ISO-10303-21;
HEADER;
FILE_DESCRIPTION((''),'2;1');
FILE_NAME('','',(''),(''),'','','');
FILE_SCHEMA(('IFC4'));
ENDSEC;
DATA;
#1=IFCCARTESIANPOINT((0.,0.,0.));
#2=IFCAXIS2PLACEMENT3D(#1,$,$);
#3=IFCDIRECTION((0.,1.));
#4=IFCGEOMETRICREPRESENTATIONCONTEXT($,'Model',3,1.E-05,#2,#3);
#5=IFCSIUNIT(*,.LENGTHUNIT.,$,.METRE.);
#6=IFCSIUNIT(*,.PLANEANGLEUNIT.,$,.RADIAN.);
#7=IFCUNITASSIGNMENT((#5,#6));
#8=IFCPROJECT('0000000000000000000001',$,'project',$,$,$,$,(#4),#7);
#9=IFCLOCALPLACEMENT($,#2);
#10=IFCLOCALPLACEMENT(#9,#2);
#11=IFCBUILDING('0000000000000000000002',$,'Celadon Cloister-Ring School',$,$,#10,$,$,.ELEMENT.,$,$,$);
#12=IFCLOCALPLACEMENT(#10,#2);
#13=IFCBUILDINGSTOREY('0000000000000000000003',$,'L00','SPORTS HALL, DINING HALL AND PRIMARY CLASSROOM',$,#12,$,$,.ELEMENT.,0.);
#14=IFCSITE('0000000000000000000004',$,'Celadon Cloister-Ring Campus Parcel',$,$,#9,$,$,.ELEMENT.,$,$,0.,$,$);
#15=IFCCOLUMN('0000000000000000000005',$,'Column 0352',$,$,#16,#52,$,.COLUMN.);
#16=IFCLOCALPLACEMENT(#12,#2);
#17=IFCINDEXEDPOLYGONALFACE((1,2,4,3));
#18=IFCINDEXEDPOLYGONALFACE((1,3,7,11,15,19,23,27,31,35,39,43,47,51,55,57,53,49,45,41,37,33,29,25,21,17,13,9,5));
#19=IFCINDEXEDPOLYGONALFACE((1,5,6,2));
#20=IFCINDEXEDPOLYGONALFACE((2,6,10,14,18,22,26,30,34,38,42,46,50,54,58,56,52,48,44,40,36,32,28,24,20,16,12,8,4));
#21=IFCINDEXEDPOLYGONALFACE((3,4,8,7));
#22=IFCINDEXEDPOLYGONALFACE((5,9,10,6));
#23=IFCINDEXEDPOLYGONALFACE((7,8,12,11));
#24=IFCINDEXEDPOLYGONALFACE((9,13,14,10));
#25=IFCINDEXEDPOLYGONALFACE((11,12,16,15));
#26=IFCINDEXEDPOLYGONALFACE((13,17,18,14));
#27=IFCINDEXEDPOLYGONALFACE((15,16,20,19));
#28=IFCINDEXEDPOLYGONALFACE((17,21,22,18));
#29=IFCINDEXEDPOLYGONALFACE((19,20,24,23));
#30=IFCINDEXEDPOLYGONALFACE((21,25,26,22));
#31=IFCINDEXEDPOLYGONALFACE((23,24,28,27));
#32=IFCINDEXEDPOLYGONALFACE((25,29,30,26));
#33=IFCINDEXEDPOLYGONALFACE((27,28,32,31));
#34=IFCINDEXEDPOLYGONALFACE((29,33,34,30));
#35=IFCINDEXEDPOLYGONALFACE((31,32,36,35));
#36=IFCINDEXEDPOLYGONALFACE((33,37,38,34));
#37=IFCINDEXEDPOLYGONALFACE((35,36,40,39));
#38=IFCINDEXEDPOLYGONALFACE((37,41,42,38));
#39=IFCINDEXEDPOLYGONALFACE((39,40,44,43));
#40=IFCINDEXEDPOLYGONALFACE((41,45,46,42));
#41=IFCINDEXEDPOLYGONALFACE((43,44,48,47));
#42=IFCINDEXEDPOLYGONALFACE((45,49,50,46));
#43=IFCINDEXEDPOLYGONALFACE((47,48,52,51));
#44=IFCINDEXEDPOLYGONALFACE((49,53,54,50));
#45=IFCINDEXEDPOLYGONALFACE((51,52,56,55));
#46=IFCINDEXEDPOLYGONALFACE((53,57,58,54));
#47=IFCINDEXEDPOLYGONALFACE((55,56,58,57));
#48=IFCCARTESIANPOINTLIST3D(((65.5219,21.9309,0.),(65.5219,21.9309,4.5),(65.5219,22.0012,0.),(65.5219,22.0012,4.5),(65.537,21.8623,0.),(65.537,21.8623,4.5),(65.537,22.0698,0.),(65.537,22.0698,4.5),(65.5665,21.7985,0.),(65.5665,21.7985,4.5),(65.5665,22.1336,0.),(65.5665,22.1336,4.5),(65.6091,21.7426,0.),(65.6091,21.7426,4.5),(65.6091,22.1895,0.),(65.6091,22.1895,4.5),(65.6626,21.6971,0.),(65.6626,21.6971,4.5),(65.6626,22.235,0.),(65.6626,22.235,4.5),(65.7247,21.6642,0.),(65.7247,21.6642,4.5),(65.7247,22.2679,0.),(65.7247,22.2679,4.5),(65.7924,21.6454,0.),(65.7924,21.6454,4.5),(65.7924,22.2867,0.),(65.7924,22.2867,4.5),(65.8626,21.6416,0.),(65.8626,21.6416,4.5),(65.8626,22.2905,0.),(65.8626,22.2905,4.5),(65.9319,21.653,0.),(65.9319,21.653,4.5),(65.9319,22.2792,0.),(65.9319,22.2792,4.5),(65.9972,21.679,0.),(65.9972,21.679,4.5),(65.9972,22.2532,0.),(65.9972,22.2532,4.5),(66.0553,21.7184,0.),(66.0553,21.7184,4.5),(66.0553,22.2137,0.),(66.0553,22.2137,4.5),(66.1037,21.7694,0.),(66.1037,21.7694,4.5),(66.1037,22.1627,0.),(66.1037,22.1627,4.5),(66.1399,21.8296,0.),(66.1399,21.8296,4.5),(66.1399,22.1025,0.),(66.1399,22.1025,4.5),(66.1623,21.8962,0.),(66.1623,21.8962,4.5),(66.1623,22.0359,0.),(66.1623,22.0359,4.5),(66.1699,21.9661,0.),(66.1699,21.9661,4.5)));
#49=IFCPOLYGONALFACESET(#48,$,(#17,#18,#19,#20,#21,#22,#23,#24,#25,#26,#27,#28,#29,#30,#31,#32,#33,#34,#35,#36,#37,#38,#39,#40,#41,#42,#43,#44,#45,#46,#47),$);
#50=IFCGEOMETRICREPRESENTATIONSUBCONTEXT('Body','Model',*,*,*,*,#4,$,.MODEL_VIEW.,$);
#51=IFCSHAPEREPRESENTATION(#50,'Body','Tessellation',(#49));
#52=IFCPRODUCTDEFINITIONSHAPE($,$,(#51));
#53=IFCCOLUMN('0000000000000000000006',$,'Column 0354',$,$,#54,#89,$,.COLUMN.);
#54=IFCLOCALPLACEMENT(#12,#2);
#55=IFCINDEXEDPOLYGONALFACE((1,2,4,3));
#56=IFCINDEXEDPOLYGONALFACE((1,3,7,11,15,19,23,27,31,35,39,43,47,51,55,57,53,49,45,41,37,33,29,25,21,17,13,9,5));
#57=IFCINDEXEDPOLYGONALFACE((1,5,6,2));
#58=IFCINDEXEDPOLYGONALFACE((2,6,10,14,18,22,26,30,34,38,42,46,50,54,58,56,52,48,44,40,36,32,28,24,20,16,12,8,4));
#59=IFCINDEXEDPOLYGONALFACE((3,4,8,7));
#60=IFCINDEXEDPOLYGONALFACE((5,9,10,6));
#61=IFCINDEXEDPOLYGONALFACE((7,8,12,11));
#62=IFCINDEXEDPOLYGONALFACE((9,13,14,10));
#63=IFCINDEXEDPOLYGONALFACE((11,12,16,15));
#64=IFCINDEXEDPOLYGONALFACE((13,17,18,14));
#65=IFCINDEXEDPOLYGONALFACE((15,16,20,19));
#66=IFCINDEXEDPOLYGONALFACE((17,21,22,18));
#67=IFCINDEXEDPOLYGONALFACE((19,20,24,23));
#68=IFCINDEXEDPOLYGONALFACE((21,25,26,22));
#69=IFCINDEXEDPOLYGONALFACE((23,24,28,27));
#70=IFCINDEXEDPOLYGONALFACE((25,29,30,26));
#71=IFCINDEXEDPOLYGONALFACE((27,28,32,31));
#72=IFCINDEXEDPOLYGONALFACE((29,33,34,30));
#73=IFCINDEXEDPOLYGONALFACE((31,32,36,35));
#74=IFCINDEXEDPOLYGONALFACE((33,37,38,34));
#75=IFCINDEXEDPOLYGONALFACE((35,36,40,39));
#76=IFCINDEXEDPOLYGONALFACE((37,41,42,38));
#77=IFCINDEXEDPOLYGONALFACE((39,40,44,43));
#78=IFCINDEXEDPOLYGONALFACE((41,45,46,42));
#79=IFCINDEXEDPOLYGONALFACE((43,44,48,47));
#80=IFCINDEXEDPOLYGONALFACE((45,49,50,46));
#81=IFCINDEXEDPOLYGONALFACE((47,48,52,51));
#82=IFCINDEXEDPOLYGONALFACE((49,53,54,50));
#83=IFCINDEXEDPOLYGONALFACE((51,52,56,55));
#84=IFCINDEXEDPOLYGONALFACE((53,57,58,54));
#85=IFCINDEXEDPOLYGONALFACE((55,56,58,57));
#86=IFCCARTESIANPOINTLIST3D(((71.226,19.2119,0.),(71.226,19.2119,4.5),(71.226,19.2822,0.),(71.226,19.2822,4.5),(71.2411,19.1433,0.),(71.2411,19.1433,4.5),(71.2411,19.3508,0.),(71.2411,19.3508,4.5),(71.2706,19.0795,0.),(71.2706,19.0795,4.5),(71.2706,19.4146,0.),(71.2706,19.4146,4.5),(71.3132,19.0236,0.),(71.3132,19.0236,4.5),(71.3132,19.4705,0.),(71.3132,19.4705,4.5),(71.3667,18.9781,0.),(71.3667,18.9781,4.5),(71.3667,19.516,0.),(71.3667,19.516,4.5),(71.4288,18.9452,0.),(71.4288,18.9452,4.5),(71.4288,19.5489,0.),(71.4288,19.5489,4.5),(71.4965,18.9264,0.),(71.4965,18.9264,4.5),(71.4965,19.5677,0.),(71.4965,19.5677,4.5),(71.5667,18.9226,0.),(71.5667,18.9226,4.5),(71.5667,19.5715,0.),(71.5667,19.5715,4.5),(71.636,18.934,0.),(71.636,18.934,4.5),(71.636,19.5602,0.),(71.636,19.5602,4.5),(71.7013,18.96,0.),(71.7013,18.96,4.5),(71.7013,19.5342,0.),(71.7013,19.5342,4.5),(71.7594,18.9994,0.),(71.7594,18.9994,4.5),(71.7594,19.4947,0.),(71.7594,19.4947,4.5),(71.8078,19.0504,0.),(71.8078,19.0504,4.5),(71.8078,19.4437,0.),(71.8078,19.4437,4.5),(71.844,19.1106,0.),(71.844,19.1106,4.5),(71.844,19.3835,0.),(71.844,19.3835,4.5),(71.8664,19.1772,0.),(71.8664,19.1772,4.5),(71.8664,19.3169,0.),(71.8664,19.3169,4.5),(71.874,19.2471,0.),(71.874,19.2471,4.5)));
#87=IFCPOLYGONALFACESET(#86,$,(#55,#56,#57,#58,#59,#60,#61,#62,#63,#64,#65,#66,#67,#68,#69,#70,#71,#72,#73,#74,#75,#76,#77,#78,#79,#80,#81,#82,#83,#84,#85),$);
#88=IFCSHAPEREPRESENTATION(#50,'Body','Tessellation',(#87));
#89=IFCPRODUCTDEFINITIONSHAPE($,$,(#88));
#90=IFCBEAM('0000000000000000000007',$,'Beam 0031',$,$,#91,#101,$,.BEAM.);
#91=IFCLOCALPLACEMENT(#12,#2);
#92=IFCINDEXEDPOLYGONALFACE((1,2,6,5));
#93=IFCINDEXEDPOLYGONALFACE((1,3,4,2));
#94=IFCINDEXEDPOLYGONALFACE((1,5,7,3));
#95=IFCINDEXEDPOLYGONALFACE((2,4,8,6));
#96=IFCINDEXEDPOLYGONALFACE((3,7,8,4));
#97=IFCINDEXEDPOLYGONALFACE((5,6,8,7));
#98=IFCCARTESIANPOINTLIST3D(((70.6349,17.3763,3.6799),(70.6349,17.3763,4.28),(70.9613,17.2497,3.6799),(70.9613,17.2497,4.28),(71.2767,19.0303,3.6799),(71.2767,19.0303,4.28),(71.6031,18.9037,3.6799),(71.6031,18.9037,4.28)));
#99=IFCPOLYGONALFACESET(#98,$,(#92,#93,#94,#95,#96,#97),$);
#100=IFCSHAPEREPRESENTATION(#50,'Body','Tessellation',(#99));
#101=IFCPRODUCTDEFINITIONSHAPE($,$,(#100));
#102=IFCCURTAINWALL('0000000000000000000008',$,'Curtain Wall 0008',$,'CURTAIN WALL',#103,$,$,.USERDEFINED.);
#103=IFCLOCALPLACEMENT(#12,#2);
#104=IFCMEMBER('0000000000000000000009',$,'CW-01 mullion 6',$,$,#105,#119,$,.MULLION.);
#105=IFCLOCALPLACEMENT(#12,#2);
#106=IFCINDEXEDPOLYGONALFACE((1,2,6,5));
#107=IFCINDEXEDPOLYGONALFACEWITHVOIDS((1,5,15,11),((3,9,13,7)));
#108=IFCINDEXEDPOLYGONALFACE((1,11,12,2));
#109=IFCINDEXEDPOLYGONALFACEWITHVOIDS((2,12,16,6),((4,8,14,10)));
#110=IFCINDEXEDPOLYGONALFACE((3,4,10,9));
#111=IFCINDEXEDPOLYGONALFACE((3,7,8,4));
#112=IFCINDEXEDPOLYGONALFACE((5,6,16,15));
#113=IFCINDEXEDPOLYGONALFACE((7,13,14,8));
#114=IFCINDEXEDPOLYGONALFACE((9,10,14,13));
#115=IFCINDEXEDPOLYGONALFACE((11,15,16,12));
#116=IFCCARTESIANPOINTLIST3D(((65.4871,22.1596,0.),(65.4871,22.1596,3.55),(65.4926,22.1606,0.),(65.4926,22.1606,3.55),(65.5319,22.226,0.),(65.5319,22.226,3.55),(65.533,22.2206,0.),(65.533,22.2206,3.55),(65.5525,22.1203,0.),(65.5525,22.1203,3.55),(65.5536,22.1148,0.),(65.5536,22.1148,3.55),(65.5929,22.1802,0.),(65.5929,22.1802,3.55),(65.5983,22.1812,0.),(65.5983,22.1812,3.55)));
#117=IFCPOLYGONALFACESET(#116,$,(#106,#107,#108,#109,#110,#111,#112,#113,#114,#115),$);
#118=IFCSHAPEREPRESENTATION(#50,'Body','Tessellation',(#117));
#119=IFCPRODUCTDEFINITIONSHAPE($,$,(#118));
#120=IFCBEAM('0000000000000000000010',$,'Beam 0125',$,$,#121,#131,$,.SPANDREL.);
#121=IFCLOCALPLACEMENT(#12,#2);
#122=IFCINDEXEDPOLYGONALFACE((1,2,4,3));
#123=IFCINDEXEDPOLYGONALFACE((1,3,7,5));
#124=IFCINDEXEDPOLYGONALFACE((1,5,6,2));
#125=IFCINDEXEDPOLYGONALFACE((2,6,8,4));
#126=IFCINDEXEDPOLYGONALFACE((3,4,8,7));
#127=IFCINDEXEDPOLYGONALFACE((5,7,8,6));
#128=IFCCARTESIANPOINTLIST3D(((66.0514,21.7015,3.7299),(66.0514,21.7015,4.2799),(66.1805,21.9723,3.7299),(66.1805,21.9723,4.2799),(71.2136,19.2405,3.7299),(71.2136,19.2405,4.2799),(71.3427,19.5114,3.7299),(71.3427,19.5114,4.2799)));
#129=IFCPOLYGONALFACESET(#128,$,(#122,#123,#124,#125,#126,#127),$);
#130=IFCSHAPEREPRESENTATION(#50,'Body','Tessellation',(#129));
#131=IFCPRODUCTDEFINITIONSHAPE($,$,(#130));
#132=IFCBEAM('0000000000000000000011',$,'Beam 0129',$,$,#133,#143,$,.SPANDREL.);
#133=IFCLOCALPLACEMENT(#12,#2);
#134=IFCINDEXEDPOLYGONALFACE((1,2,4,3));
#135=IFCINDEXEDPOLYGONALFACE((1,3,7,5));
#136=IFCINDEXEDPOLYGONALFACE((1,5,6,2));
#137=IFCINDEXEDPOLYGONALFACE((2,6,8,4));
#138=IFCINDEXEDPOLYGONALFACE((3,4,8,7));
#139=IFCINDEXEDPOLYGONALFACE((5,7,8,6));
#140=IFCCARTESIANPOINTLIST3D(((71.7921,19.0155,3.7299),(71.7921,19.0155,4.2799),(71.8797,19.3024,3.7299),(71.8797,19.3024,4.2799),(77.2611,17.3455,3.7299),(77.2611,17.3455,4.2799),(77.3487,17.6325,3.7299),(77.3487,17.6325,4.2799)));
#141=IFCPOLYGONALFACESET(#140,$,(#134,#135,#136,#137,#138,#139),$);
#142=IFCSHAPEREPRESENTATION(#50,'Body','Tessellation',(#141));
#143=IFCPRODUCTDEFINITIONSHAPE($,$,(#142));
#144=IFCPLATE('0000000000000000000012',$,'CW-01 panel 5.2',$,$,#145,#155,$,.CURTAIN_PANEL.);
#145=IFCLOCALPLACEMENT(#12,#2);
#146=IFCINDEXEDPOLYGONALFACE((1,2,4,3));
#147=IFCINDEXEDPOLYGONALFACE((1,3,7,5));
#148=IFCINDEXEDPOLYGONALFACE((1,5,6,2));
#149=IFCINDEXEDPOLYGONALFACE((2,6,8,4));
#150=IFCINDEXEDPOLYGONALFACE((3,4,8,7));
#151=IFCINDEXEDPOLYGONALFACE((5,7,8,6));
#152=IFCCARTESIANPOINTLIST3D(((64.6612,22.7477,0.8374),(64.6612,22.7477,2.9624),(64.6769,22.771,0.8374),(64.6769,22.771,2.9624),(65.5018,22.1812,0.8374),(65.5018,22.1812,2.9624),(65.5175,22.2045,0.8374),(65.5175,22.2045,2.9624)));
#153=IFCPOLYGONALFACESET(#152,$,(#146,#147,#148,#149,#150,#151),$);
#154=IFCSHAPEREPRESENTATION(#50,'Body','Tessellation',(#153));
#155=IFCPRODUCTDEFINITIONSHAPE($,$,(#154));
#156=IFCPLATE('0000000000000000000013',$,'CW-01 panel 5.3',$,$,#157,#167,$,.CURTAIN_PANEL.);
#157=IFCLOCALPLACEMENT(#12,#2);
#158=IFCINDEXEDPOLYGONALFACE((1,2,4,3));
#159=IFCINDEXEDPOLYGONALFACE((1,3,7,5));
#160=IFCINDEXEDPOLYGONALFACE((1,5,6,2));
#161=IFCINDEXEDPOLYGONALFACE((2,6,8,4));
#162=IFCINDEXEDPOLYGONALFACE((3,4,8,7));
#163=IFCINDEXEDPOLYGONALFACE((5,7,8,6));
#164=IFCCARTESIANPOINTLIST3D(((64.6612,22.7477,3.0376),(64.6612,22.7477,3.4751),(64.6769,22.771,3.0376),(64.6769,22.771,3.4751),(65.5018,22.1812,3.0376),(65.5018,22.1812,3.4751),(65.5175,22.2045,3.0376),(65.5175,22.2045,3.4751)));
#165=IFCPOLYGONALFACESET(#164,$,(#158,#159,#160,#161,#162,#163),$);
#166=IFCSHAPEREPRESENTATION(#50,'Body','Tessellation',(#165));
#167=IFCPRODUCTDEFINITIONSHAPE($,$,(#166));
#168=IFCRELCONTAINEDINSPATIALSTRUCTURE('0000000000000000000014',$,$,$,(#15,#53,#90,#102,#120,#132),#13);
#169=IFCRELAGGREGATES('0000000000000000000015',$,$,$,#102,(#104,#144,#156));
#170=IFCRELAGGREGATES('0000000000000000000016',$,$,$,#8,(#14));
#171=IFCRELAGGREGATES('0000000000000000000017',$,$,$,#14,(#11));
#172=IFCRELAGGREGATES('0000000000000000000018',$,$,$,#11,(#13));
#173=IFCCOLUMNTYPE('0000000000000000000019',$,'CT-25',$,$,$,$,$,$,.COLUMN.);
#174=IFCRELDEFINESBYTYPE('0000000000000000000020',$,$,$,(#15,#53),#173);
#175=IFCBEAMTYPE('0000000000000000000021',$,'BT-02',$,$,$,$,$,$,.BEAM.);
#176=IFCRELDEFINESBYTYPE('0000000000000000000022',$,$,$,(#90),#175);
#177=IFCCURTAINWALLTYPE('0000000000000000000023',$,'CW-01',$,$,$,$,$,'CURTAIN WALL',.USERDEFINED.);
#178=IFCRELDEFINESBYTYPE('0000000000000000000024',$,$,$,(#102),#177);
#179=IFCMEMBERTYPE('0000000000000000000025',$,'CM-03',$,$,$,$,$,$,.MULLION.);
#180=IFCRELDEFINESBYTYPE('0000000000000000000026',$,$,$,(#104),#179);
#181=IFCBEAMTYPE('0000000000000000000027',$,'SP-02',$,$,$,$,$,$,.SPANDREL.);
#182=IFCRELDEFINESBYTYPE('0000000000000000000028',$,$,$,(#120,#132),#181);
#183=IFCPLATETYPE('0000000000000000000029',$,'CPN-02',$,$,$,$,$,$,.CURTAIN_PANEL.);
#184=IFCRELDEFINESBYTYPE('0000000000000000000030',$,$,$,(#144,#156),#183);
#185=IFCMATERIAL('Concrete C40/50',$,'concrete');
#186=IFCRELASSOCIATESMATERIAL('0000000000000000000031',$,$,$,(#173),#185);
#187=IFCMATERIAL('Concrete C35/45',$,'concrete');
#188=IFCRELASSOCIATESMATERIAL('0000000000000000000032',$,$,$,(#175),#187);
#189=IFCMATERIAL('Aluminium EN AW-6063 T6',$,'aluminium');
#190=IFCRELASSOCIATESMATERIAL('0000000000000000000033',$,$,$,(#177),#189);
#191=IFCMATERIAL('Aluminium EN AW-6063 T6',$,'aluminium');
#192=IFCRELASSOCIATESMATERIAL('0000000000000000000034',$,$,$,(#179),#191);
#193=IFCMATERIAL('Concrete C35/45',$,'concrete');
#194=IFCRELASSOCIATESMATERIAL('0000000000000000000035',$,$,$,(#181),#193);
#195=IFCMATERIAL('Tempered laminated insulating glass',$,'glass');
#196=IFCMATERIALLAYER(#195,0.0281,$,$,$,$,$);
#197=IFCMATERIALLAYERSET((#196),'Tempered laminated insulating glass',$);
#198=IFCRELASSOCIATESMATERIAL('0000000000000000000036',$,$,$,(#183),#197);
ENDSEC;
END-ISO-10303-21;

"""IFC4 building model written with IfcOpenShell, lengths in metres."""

from ifc_helpers import new_model, si_unit, direction, frame, origin, origin_2d, place, context, subcontext, project, spatial, rectangle, hollow_rectangle, circle, extrude, material, layer, layer_set, material_profile, profile_set, type_object, element, aggregate, save


model = new_model("IFC4")

# Units and contexts
model_context = context("Model", 3, precision=1e-05, world=origin(), true_north=direction((0.0, 1.0)))
body_context = subcontext(model_context, "Body", "Model", "MODEL_VIEW")
ifc_project = project(units=[si_unit("LENGTHUNIT", "METRE"), si_unit("PLANEANGLEUNIT", "RADIAN")], contexts=[model_context])

# Site, building, storey
site_placement = place(None, origin())
site = spatial("IfcSite", under=ifc_project, at=site_placement, Name="Celadon Cloister-Ring Campus Parcel", CompositionType="ELEMENT", RefElevation=0.0)
building_placement = place(site_placement, origin())
building = spatial("IfcBuilding", under=site, at=building_placement, Name="Celadon Cloister-Ring School", CompositionType="ELEMENT")
storey_placement = place(building_placement, origin())
storey = spatial("IfcBuildingStorey", under=building, at=storey_placement, Name="L00", Description="SPORTS HALL, DINING HALL AND PRIMARY CLASSROOM", CompositionType="ELEMENT", Elevation=0.0)

# Columns
ifc_material_1 = material(Name="Concrete C40/50", Category="concrete")
ifc_material_profile_1 = material_profile(ifc_material_1, circle(Radius=0.325, at=origin_2d()), Name="CIRC650")
ifc_profile_set_1 = profile_set([ifc_material_profile_1], Name="Concrete C40/50")
column_type_1 = type_object("IfcColumnType", Name="CT-25", PredefinedType="COLUMN", material=ifc_profile_set_1)
for number, where, z_axis, x_axis, name in (
    (1, (65.845, 21.9661, 0.0), (0.0, 0.0, 1.0), (1.0, 0.0, 0.0), "Column 0352"),
    (2, (71.5491, 19.2471, 0.0), (0.0, 0.0, 1.0), (1.0, 0.0, 0.0), "Column 0354"),
):
    element("IfcColumn", number, at=place(storey_placement, frame(where, z_axis=z_axis, x_axis=x_axis)), inside=storey, type_object=column_type_1, Name=name, PredefinedType="COLUMN", context=body_context, shape_type="SweptSolid", body=[
        extrude(circle(Radius=0.325, at=origin_2d()), origin(), (0.0, 0.0, 1.0), 4.5),
    ])

# Beam
ifc_material_2 = material(Name="Concrete C35/45", Category="concrete")
ifc_material_profile_2 = material_profile(ifc_material_2, rectangle(XDim=0.3501, YDim=0.6001, at=origin_2d()), Name="RC350X600")
ifc_profile_set_2 = profile_set([ifc_material_profile_2], Name="Concrete C35/45")
beam_type_1 = type_object("IfcBeamType", Name="BT-02", PredefinedType="BEAM", material=ifc_profile_set_2)
beam_1_placement = place(storey_placement, frame((70.7981, 17.313, 3.98), z_axis=(0.361762, 0.93227, 0.0), x_axis=(-0.93227, 0.361762, 0.0)))
element("IfcBeam", 3, at=beam_1_placement, inside=storey, type_object=beam_type_1, Name="Beam 0031", PredefinedType="BEAM", context=body_context, shape_type="SweptSolid", body=[
    extrude(rectangle(XDim=0.3501, YDim=0.6001, at=origin_2d()), origin(), (0.0, 0.0, 1.0), 1.7742),
])

# Curtain wall, member
ifc_material_3 = material(Name="Aluminium EN AW-6063 T6", Category="aluminium")
curtain_wall_type = type_object("IfcCurtainWallType", Name="CW-01", ElementType="CURTAIN WALL", PredefinedType="USERDEFINED", material=ifc_material_3)
curtain_wall_placement = place(storey_placement, origin())
curtain_wall = element("IfcCurtainWall", 4, at=curtain_wall_placement, inside=storey, type_object=curtain_wall_type, Name="Curtain Wall 0008", ObjectType="CURTAIN WALL", PredefinedType="USERDEFINED")
ifc_material_4 = material(Name="Aluminium EN AW-6063 T6", Category="aluminium")
ifc_material_profile_3 = material_profile(ifc_material_4, hollow_rectangle(XDim=0.0801, YDim=0.0801, WallThickness=0.0039, at=origin_2d()), Name="RHS80X80X4")
ifc_profile_set_3 = profile_set([ifc_material_profile_3], Name="Aluminium EN AW-6063 T6")
member_type = type_object("IfcMemberType", Name="CM-03", PredefinedType="MULLION", material=ifc_profile_set_3)
member_placement = place(storey_placement, frame((65.5427, 22.1704, 0.0), z_axis=(0.0, 0.0, 1.0), x_axis=(0.558846, 0.829272, 0.0)))
member = element("IfcMember", 5, at=member_placement, type_object=member_type, Name="CW-01 mullion 6", PredefinedType="MULLION", context=body_context, shape_type="SweptSolid", body=[
    extrude(hollow_rectangle(XDim=0.0801, YDim=0.0801, WallThickness=0.0039, at=origin_2d()), origin(), (0.0, 0.0, 1.0), 3.55),
])

# Beams
ifc_material_5 = material(Name="Concrete C35/45", Category="concrete")
ifc_material_profile_4 = material_profile(ifc_material_5, rectangle(XDim=0.3, YDim=0.55, at=origin_2d()), Name="RC300X550")
ifc_profile_set_4 = profile_set([ifc_material_profile_4], Name="Concrete C35/45")
beam_type_2 = type_object("IfcBeamType", Name="SP-02", PredefinedType="SPANDREL", material=ifc_profile_set_4)
beam_2_placement = place(storey_placement, frame((66.116, 21.8369, 4.0049), z_axis=(0.902671, -0.430331, 0.0), x_axis=(0.430331, 0.902671, 0.0)))
element("IfcBeam", 6, at=beam_2_placement, inside=storey, type_object=beam_type_2, Name="Beam 0125", PredefinedType="SPANDREL", context=body_context, shape_type="SweptSolid", body=[
    extrude(rectangle(XDim=0.3, YDim=0.55, at=origin_2d()), origin(), (0.0, 0.0, 1.0), 5.7188),
])
beam_3_placement = place(storey_placement, frame((71.8359, 19.1589, 4.0049), z_axis=(0.956408, -0.292033, 0.0), x_axis=(0.292033, 0.956408, 0.0)))
element("IfcBeam", 7, at=beam_3_placement, inside=storey, type_object=beam_type_2, Name="Beam 0129", PredefinedType="SPANDREL", context=body_context, shape_type="SweptSolid", body=[
    extrude(rectangle(XDim=0.3, YDim=0.55, at=origin_2d()), origin(), (0.0, 0.0, 1.0), 5.7183),
])

# Plates
ifc_material_6 = material(Name="Tempered laminated insulating glass", Category="glass")
ifc_layer_1 = layer(ifc_material_6, 0.0281)
ifc_layer_set_1 = layer_set([ifc_layer_1], Name="Tempered laminated insulating glass")
plate_type = type_object("IfcPlateType", Name="CPN-02", PredefinedType="CURTAIN_PANEL", material=ifc_layer_set_1)
plate_1_placement = place(storey_placement, frame((65.0894, 22.4761, 0.8374), z_axis=(0.0, 0.0, 1.0), x_axis=(0.829272, -0.558846, 0.0)))
plate_1 = element("IfcPlate", 8, at=plate_1_placement, type_object=plate_type, Name="CW-01 panel 5.2", PredefinedType="CURTAIN_PANEL", context=body_context, shape_type="SweptSolid", body=[
    extrude(rectangle(XDim=1.0137, YDim=0.0281, at=origin_2d()), origin(), (0.0, 0.0, 1.0), 2.125),
])
plate_2_placement = place(storey_placement, frame((65.0894, 22.4761, 3.0376), z_axis=(0.0, 0.0, 1.0), x_axis=(0.829272, -0.558846, 0.0)))
plate_2 = element("IfcPlate", 9, at=plate_2_placement, type_object=plate_type, Name="CW-01 panel 5.3", PredefinedType="CURTAIN_PANEL", context=body_context, shape_type="SweptSolid", body=[
    extrude(rectangle(XDim=1.0137, YDim=0.0281, at=origin_2d()), origin(), (0.0, 0.0, 1.0), 0.4375),
])
aggregate(curtain_wall, [member, plate_1, plate_2])

save(model, "model.ifc")
